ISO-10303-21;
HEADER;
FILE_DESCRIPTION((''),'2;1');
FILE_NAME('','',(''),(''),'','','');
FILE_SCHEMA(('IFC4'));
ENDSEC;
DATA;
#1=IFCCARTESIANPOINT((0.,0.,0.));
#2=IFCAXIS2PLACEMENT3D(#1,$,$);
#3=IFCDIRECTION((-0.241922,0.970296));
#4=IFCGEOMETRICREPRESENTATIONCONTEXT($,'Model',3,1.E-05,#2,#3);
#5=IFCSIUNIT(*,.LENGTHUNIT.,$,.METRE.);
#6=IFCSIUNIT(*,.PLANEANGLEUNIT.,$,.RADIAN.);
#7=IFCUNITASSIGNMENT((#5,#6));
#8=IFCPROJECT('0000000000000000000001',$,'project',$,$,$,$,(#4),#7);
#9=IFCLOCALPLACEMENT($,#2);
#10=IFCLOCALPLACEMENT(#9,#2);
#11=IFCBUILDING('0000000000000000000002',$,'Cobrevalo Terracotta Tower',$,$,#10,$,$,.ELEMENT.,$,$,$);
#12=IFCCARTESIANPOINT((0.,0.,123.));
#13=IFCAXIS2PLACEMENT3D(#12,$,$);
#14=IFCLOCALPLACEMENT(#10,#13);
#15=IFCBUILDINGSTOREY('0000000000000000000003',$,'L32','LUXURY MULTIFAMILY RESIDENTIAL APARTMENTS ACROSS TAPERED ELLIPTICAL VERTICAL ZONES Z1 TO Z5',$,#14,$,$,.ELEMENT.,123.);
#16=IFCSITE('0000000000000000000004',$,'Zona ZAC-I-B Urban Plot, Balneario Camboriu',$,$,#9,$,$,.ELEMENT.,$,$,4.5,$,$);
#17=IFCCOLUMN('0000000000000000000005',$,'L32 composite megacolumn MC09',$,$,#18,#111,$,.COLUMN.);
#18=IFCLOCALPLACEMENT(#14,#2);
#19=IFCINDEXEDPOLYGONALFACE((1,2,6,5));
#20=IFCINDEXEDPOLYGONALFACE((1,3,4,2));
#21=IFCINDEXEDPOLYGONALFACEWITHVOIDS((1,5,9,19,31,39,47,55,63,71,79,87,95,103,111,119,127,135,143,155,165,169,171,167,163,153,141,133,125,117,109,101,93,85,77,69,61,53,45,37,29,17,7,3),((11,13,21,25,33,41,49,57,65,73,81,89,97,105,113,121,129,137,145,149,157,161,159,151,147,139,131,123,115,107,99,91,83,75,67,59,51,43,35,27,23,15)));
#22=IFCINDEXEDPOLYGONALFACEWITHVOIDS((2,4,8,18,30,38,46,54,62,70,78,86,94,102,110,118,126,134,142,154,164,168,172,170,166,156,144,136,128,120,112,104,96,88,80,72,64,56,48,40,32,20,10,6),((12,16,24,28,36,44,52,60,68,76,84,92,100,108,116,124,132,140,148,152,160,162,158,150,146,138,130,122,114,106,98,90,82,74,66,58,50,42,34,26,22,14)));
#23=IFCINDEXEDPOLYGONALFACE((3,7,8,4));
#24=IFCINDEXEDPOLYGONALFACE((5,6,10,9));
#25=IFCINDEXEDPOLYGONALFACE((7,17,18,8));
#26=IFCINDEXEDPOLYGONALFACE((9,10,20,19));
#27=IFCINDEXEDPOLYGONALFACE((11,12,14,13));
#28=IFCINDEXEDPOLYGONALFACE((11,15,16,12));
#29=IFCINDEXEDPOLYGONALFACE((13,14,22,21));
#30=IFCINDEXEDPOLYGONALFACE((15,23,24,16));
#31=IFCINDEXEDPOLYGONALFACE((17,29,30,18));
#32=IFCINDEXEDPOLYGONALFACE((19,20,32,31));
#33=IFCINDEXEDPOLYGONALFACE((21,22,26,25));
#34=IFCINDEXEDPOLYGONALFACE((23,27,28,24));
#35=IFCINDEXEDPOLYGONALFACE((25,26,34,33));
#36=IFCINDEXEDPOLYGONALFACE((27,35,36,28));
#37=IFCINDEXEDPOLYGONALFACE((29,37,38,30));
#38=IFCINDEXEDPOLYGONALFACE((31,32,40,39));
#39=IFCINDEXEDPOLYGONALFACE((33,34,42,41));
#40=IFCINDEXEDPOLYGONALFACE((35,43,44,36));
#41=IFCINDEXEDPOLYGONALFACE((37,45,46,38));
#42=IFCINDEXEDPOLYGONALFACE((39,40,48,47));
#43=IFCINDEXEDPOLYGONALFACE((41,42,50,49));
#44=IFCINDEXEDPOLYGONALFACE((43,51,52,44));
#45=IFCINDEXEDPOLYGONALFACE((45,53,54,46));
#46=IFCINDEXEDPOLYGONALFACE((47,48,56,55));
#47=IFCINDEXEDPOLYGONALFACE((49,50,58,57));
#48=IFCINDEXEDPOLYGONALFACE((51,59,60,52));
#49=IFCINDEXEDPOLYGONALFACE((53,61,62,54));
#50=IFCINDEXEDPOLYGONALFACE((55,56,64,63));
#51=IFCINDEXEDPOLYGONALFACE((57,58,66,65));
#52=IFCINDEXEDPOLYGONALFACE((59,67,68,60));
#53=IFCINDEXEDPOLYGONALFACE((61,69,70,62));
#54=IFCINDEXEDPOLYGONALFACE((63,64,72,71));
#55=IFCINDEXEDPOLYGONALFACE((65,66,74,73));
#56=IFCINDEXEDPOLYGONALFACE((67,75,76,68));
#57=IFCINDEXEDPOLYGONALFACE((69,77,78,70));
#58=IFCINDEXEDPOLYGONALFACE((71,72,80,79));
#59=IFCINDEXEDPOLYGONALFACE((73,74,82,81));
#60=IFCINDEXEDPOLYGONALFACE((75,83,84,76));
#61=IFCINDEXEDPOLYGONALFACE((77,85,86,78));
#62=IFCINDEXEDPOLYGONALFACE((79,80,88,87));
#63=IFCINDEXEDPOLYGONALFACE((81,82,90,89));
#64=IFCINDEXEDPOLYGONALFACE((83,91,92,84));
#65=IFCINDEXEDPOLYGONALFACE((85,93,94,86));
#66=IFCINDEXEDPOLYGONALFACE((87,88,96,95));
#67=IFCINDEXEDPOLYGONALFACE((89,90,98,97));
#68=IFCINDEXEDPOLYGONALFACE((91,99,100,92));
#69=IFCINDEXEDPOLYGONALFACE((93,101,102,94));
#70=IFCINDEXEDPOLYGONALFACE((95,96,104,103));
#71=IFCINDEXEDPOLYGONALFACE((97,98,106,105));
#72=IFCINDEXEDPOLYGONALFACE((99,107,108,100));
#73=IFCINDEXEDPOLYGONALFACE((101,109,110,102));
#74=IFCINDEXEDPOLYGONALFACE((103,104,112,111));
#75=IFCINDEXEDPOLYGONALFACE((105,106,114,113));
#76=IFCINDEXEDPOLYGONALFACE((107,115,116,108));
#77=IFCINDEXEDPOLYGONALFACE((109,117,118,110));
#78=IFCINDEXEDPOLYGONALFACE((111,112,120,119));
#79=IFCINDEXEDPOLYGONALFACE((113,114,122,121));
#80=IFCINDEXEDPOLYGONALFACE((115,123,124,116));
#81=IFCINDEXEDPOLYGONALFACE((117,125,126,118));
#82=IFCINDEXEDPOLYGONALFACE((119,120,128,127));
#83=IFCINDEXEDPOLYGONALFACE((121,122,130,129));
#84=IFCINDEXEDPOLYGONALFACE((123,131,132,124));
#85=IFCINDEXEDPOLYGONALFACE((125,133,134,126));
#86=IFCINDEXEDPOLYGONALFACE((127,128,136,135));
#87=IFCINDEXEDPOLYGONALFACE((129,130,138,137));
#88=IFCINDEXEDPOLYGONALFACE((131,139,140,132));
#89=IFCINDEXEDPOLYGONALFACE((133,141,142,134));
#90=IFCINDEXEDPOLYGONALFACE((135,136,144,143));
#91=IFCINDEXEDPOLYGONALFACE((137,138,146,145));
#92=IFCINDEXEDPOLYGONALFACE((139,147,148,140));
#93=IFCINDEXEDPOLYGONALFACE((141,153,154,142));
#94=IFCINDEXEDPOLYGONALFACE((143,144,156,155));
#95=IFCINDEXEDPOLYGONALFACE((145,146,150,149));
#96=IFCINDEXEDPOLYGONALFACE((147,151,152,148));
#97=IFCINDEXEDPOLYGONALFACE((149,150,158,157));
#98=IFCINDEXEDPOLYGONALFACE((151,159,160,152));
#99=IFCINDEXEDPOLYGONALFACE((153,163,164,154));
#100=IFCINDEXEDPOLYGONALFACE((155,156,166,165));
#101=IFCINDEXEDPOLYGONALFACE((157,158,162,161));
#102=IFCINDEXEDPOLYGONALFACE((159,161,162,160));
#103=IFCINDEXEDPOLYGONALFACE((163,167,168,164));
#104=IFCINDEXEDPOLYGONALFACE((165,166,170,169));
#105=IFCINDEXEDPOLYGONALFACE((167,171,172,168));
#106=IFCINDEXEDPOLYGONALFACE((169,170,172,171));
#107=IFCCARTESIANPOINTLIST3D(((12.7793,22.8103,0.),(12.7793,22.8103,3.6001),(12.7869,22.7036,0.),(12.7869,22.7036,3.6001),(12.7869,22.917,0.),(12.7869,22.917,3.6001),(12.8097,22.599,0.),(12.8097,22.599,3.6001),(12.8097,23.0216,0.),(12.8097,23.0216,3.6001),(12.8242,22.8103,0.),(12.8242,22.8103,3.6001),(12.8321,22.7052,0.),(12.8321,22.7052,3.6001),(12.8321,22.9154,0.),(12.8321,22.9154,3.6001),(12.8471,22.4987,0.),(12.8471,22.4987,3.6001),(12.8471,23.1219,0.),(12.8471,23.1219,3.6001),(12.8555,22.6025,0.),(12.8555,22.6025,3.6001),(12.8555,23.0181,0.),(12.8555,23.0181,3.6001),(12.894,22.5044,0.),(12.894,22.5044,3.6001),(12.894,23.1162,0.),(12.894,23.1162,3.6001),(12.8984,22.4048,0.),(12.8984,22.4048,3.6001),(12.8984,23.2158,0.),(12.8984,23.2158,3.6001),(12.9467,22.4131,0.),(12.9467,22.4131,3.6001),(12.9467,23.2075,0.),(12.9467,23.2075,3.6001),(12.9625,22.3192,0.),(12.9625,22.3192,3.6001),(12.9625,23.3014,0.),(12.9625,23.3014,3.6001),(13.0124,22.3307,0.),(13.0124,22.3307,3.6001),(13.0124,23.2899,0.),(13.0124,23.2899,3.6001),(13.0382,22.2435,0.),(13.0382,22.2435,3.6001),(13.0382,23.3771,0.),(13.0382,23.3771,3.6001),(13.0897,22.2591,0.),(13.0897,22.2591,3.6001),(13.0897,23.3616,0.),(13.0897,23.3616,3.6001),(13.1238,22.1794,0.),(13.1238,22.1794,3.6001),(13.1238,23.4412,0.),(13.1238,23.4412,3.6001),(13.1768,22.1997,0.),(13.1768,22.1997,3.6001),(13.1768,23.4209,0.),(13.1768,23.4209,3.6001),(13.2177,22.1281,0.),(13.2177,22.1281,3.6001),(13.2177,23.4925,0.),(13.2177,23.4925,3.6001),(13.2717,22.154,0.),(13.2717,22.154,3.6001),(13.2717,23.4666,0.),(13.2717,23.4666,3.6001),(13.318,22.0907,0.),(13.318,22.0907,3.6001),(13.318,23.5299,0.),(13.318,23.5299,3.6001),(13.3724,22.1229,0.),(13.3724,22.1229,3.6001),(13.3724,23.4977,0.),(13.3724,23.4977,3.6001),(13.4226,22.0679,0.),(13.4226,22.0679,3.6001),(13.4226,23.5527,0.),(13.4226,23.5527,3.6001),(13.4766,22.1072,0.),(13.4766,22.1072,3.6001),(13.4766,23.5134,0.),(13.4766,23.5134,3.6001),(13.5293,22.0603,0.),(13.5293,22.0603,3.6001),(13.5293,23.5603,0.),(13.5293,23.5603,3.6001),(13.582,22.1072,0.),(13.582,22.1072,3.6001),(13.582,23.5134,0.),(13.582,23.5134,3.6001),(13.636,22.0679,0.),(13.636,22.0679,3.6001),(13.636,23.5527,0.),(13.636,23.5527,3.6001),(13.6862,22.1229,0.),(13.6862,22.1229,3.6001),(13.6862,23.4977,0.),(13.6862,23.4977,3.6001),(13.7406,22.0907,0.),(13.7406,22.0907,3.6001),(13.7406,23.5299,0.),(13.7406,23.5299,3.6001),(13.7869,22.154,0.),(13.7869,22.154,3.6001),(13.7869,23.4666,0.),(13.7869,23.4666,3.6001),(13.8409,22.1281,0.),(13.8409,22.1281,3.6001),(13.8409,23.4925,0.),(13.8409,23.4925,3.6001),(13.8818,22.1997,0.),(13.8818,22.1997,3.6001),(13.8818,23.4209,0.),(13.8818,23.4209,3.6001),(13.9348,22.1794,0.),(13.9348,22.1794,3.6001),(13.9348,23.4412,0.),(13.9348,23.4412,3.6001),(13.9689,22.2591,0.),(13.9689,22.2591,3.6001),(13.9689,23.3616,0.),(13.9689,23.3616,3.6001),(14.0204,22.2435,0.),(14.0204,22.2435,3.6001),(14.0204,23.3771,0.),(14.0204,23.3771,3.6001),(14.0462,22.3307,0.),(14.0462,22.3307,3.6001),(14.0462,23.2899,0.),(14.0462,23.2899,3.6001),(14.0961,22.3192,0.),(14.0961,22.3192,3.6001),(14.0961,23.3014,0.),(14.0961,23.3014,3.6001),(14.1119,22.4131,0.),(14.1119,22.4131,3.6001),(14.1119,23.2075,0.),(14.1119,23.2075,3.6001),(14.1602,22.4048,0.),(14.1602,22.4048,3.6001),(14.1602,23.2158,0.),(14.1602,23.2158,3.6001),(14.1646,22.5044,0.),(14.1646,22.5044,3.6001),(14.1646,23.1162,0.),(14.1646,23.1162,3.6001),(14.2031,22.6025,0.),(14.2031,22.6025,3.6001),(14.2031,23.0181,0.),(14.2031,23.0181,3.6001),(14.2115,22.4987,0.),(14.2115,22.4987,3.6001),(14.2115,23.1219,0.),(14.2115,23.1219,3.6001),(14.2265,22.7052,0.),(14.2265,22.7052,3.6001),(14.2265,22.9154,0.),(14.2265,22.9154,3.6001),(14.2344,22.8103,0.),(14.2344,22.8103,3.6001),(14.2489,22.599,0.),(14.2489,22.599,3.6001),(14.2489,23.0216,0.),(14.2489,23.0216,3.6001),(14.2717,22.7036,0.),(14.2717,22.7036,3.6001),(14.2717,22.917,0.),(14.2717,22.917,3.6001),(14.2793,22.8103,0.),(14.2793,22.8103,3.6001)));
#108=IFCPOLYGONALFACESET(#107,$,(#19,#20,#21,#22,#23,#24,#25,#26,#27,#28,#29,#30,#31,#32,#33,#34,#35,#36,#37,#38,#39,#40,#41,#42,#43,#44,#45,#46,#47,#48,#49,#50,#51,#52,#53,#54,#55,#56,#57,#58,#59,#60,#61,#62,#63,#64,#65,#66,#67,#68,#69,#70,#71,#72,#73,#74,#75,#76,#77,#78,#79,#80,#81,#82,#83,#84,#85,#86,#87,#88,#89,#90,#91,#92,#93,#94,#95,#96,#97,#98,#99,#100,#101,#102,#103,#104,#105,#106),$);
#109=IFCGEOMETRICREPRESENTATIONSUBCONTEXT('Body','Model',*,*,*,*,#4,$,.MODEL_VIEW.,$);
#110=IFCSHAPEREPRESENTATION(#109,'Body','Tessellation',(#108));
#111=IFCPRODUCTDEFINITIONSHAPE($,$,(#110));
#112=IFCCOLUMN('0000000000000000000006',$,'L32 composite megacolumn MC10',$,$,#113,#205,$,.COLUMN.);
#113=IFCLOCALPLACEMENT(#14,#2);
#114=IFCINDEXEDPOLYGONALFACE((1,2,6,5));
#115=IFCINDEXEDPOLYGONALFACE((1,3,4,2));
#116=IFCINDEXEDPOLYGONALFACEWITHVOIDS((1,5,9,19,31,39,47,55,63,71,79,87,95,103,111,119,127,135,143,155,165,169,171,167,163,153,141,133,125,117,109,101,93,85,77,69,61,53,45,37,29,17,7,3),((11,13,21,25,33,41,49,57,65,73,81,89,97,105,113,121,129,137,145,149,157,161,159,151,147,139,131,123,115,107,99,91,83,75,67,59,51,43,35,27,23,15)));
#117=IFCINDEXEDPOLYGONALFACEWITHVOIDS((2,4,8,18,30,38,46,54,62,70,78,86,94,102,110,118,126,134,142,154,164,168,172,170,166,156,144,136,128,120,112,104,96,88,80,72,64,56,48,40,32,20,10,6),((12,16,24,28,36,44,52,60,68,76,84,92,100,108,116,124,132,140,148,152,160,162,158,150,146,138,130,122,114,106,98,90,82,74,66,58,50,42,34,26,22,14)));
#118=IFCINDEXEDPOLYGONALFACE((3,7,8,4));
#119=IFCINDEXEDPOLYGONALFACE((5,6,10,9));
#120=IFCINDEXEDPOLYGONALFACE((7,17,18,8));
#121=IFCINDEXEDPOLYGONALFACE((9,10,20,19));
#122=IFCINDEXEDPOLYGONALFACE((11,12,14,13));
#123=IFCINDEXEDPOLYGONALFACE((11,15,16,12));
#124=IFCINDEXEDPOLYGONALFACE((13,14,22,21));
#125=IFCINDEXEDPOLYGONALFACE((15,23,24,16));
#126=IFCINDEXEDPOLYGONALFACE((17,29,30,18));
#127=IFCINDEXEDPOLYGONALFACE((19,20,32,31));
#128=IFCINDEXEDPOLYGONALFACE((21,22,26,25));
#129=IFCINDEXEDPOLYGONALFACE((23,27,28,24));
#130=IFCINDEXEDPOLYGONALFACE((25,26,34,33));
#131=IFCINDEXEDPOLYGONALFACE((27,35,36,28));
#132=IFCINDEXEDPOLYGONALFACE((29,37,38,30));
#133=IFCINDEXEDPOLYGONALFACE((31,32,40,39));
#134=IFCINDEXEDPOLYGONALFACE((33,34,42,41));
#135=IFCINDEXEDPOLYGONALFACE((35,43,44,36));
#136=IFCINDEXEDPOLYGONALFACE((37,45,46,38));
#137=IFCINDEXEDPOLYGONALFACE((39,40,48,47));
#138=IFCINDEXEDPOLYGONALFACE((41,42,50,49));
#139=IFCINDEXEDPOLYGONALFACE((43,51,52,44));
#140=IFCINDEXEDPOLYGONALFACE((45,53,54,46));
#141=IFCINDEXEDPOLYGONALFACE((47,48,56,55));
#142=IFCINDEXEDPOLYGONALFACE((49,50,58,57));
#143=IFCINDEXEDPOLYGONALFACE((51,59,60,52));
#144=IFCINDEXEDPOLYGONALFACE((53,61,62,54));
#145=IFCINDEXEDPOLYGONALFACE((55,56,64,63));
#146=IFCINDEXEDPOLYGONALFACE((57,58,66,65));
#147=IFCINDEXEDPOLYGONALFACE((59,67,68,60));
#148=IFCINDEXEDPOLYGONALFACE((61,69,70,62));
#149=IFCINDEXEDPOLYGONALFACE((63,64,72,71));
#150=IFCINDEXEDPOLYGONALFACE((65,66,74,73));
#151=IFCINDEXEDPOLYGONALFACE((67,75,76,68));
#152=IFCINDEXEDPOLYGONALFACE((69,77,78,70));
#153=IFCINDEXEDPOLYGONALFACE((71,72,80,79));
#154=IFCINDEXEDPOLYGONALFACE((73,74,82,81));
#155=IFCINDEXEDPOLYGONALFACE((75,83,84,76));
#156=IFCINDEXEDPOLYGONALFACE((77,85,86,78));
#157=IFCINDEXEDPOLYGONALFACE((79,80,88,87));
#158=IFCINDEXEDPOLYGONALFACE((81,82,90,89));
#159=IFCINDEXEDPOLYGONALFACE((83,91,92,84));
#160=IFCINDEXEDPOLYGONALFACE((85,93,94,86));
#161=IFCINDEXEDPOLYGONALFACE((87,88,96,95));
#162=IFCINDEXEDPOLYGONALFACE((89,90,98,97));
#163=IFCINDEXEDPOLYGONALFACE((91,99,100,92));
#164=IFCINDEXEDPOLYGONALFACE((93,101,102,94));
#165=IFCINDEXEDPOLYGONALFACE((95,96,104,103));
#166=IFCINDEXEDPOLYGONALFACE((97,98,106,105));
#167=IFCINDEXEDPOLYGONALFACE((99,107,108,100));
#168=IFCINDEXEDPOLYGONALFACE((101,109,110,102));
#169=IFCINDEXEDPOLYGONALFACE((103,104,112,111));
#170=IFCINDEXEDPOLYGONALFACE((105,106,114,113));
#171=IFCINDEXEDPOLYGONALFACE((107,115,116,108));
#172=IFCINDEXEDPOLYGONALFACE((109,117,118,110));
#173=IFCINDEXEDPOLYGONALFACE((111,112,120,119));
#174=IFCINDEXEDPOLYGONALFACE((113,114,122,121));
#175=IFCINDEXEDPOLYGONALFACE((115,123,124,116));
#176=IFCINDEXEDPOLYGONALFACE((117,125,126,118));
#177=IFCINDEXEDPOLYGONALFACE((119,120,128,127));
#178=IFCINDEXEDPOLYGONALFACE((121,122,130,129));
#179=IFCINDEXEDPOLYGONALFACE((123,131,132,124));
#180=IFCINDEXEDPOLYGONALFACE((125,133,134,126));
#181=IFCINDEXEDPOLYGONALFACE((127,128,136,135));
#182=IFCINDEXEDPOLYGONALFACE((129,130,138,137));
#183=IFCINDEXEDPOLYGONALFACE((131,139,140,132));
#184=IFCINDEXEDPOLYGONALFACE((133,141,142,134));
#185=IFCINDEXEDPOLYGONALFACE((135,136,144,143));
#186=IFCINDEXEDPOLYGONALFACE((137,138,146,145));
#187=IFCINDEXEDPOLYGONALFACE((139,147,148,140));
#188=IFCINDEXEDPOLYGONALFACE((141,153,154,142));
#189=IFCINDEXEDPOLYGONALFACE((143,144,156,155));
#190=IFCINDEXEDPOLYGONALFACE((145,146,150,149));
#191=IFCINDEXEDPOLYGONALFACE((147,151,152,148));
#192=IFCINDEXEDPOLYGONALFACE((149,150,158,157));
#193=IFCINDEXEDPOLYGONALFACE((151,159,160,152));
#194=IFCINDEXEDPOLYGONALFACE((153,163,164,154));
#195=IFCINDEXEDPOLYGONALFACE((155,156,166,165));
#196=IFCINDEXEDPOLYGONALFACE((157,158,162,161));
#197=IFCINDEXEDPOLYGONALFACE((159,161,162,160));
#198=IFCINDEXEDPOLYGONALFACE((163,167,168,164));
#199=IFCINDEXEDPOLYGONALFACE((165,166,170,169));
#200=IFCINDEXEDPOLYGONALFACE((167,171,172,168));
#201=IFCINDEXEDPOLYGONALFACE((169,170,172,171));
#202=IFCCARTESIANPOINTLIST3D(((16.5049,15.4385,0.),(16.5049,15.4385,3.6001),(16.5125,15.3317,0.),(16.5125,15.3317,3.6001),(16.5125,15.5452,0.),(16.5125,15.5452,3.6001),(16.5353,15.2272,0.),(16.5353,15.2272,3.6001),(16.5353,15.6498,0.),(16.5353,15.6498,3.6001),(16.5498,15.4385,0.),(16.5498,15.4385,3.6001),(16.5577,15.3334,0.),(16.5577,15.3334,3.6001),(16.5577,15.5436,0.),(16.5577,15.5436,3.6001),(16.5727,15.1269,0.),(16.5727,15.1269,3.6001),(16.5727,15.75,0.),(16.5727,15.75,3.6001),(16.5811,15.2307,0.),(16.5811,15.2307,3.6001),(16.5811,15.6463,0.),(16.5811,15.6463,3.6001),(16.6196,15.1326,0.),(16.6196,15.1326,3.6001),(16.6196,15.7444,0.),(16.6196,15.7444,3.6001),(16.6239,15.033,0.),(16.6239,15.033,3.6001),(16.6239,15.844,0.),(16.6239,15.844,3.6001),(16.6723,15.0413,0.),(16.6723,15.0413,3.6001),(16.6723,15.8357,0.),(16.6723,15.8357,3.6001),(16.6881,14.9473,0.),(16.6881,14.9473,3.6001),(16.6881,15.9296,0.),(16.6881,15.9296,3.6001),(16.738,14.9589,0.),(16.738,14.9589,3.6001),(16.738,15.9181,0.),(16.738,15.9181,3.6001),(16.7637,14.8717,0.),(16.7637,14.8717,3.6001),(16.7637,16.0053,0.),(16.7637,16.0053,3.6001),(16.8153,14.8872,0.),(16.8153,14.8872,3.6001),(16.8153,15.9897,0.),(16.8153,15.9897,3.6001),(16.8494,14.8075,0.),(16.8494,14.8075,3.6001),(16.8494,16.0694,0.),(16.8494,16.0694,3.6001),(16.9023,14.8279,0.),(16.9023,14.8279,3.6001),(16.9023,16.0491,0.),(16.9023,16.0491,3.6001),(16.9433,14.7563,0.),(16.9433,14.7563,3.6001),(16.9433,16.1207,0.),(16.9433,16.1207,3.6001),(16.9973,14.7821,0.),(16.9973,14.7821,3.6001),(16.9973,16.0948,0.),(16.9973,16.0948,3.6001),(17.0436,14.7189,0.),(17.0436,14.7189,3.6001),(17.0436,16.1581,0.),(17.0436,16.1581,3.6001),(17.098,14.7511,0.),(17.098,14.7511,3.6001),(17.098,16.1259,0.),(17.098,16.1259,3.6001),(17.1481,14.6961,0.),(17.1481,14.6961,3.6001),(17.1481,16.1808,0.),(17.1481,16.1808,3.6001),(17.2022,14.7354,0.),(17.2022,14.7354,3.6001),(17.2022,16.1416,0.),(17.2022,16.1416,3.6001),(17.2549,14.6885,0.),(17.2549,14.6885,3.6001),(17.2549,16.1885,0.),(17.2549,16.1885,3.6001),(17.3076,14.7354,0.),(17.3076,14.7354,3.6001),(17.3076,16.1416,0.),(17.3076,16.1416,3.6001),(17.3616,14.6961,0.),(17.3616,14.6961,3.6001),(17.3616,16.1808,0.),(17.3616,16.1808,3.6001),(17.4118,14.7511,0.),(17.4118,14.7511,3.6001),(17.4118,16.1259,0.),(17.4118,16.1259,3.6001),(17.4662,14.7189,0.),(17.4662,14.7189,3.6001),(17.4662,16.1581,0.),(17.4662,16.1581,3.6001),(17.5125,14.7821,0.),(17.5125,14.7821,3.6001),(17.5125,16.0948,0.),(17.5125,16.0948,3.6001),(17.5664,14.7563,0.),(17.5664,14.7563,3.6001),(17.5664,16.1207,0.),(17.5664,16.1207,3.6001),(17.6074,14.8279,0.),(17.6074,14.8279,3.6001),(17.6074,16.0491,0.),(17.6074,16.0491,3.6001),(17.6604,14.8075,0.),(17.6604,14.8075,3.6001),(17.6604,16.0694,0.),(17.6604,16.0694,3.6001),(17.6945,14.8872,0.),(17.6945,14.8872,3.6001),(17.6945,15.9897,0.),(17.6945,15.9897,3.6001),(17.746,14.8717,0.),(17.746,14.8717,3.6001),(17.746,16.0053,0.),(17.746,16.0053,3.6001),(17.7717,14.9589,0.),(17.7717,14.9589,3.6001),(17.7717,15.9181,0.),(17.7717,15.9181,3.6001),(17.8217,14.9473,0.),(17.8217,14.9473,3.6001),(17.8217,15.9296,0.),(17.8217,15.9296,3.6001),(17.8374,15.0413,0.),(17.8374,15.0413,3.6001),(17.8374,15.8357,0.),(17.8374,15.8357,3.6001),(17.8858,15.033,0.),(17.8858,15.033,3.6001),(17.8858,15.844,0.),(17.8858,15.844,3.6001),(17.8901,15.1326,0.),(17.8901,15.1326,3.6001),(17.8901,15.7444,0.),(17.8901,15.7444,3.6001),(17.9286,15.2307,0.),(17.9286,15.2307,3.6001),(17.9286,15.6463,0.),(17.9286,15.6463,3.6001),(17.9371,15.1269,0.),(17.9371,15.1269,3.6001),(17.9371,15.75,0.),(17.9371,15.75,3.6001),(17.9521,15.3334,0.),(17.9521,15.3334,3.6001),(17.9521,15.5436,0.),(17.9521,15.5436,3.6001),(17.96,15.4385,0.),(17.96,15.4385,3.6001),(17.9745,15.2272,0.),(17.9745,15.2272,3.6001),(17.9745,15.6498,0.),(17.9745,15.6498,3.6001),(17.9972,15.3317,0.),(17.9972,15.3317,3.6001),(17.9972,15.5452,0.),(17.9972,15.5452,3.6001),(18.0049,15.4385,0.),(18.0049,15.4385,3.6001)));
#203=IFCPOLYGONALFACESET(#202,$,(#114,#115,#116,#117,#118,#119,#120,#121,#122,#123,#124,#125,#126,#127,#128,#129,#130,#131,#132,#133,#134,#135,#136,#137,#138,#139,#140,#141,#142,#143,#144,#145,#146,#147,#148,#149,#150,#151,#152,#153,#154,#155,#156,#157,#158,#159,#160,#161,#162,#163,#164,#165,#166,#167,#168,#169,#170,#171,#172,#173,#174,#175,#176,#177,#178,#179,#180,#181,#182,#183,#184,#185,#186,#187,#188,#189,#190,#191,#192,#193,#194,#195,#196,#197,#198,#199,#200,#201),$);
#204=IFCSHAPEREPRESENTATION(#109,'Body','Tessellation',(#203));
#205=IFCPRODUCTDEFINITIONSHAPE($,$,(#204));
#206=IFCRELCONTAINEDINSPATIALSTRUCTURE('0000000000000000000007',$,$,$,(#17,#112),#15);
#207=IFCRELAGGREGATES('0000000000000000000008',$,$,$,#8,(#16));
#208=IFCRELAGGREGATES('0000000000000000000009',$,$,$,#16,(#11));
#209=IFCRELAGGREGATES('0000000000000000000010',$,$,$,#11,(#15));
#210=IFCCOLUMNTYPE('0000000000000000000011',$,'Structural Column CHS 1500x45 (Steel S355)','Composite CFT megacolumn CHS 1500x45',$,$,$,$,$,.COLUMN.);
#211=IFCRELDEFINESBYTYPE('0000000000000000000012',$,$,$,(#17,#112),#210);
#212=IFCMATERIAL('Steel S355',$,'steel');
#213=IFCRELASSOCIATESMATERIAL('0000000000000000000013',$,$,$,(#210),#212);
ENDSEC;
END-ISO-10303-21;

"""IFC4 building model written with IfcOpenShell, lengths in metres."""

from ifc_helpers import new_model, si_unit, direction, frame, origin, origin_2d, place, context, subcontext, project, spatial, hollow_circle, extrude, material, material_profile, profile_set, type_object, element, save


model = new_model("IFC4")

# Units and contexts
model_context = context("Model", 3, precision=1e-05, world=origin(), true_north=direction((-0.241922, 0.970296)))
body_context = subcontext(model_context, "Body", "Model", "MODEL_VIEW")
ifc_project = project(units=[si_unit("LENGTHUNIT", "METRE"), si_unit("PLANEANGLEUNIT", "RADIAN")], contexts=[model_context])

# Site, building, storey
site_placement = place(None, origin())
site = spatial("IfcSite", under=ifc_project, at=site_placement, Name="Zona ZAC-I-B Urban Plot, Balneario Camboriu", CompositionType="ELEMENT", RefElevation=4.5)
building_placement = place(site_placement, origin())
building = spatial("IfcBuilding", under=site, at=building_placement, Name="Cobrevalo Terracotta Tower", CompositionType="ELEMENT")
storey_placement = place(building_placement, frame((0.0, 0.0, 123.0)))
storey = spatial("IfcBuildingStorey", under=building, at=storey_placement, Name="L32", Description="LUXURY MULTIFAMILY RESIDENTIAL APARTMENTS ACROSS TAPERED ELLIPTICAL VERTICAL ZONES Z1 TO Z5", CompositionType="ELEMENT", Elevation=123.0)

# Columns
ifc_material_1 = material(Name="Steel S355", Category="steel")
ifc_material_profile_1 = material_profile(ifc_material_1, hollow_circle(Radius=0.75, WallThickness=0.0449, at=origin_2d()), Name="CHS 1500x45")
ifc_profile_set_1 = profile_set([ifc_material_profile_1], Name="Steel S355")
column_type = type_object("IfcColumnType", Name="Structural Column CHS 1500x45 (Steel S355)", Description="Composite CFT megacolumn CHS 1500x45", PredefinedType="COLUMN", material=ifc_profile_set_1)
for number, where, z_axis, x_axis, name in (
    (1, (13.5293, 22.8103, 0.0), (0.0, 0.0, 1.0), (1.0, 0.0, 0.0), "L32 composite megacolumn MC09"),
    (2, (17.2549, 15.4385, 0.0), (0.0, 0.0, 1.0), (1.0, 0.0, 0.0), "L32 composite megacolumn MC10"),
):
    element("IfcColumn", number, at=place(storey_placement, frame(where, z_axis=z_axis, x_axis=x_axis)), inside=storey, type_object=column_type, Name=name, PredefinedType="COLUMN", context=body_context, shape_type="SweptSolid", body=[
        extrude(hollow_circle(Radius=0.75, WallThickness=0.0449, at=origin_2d()), origin(), (0.0, 0.0, 1.0), 3.6001),
    ])

save(model, "model.ifc")
